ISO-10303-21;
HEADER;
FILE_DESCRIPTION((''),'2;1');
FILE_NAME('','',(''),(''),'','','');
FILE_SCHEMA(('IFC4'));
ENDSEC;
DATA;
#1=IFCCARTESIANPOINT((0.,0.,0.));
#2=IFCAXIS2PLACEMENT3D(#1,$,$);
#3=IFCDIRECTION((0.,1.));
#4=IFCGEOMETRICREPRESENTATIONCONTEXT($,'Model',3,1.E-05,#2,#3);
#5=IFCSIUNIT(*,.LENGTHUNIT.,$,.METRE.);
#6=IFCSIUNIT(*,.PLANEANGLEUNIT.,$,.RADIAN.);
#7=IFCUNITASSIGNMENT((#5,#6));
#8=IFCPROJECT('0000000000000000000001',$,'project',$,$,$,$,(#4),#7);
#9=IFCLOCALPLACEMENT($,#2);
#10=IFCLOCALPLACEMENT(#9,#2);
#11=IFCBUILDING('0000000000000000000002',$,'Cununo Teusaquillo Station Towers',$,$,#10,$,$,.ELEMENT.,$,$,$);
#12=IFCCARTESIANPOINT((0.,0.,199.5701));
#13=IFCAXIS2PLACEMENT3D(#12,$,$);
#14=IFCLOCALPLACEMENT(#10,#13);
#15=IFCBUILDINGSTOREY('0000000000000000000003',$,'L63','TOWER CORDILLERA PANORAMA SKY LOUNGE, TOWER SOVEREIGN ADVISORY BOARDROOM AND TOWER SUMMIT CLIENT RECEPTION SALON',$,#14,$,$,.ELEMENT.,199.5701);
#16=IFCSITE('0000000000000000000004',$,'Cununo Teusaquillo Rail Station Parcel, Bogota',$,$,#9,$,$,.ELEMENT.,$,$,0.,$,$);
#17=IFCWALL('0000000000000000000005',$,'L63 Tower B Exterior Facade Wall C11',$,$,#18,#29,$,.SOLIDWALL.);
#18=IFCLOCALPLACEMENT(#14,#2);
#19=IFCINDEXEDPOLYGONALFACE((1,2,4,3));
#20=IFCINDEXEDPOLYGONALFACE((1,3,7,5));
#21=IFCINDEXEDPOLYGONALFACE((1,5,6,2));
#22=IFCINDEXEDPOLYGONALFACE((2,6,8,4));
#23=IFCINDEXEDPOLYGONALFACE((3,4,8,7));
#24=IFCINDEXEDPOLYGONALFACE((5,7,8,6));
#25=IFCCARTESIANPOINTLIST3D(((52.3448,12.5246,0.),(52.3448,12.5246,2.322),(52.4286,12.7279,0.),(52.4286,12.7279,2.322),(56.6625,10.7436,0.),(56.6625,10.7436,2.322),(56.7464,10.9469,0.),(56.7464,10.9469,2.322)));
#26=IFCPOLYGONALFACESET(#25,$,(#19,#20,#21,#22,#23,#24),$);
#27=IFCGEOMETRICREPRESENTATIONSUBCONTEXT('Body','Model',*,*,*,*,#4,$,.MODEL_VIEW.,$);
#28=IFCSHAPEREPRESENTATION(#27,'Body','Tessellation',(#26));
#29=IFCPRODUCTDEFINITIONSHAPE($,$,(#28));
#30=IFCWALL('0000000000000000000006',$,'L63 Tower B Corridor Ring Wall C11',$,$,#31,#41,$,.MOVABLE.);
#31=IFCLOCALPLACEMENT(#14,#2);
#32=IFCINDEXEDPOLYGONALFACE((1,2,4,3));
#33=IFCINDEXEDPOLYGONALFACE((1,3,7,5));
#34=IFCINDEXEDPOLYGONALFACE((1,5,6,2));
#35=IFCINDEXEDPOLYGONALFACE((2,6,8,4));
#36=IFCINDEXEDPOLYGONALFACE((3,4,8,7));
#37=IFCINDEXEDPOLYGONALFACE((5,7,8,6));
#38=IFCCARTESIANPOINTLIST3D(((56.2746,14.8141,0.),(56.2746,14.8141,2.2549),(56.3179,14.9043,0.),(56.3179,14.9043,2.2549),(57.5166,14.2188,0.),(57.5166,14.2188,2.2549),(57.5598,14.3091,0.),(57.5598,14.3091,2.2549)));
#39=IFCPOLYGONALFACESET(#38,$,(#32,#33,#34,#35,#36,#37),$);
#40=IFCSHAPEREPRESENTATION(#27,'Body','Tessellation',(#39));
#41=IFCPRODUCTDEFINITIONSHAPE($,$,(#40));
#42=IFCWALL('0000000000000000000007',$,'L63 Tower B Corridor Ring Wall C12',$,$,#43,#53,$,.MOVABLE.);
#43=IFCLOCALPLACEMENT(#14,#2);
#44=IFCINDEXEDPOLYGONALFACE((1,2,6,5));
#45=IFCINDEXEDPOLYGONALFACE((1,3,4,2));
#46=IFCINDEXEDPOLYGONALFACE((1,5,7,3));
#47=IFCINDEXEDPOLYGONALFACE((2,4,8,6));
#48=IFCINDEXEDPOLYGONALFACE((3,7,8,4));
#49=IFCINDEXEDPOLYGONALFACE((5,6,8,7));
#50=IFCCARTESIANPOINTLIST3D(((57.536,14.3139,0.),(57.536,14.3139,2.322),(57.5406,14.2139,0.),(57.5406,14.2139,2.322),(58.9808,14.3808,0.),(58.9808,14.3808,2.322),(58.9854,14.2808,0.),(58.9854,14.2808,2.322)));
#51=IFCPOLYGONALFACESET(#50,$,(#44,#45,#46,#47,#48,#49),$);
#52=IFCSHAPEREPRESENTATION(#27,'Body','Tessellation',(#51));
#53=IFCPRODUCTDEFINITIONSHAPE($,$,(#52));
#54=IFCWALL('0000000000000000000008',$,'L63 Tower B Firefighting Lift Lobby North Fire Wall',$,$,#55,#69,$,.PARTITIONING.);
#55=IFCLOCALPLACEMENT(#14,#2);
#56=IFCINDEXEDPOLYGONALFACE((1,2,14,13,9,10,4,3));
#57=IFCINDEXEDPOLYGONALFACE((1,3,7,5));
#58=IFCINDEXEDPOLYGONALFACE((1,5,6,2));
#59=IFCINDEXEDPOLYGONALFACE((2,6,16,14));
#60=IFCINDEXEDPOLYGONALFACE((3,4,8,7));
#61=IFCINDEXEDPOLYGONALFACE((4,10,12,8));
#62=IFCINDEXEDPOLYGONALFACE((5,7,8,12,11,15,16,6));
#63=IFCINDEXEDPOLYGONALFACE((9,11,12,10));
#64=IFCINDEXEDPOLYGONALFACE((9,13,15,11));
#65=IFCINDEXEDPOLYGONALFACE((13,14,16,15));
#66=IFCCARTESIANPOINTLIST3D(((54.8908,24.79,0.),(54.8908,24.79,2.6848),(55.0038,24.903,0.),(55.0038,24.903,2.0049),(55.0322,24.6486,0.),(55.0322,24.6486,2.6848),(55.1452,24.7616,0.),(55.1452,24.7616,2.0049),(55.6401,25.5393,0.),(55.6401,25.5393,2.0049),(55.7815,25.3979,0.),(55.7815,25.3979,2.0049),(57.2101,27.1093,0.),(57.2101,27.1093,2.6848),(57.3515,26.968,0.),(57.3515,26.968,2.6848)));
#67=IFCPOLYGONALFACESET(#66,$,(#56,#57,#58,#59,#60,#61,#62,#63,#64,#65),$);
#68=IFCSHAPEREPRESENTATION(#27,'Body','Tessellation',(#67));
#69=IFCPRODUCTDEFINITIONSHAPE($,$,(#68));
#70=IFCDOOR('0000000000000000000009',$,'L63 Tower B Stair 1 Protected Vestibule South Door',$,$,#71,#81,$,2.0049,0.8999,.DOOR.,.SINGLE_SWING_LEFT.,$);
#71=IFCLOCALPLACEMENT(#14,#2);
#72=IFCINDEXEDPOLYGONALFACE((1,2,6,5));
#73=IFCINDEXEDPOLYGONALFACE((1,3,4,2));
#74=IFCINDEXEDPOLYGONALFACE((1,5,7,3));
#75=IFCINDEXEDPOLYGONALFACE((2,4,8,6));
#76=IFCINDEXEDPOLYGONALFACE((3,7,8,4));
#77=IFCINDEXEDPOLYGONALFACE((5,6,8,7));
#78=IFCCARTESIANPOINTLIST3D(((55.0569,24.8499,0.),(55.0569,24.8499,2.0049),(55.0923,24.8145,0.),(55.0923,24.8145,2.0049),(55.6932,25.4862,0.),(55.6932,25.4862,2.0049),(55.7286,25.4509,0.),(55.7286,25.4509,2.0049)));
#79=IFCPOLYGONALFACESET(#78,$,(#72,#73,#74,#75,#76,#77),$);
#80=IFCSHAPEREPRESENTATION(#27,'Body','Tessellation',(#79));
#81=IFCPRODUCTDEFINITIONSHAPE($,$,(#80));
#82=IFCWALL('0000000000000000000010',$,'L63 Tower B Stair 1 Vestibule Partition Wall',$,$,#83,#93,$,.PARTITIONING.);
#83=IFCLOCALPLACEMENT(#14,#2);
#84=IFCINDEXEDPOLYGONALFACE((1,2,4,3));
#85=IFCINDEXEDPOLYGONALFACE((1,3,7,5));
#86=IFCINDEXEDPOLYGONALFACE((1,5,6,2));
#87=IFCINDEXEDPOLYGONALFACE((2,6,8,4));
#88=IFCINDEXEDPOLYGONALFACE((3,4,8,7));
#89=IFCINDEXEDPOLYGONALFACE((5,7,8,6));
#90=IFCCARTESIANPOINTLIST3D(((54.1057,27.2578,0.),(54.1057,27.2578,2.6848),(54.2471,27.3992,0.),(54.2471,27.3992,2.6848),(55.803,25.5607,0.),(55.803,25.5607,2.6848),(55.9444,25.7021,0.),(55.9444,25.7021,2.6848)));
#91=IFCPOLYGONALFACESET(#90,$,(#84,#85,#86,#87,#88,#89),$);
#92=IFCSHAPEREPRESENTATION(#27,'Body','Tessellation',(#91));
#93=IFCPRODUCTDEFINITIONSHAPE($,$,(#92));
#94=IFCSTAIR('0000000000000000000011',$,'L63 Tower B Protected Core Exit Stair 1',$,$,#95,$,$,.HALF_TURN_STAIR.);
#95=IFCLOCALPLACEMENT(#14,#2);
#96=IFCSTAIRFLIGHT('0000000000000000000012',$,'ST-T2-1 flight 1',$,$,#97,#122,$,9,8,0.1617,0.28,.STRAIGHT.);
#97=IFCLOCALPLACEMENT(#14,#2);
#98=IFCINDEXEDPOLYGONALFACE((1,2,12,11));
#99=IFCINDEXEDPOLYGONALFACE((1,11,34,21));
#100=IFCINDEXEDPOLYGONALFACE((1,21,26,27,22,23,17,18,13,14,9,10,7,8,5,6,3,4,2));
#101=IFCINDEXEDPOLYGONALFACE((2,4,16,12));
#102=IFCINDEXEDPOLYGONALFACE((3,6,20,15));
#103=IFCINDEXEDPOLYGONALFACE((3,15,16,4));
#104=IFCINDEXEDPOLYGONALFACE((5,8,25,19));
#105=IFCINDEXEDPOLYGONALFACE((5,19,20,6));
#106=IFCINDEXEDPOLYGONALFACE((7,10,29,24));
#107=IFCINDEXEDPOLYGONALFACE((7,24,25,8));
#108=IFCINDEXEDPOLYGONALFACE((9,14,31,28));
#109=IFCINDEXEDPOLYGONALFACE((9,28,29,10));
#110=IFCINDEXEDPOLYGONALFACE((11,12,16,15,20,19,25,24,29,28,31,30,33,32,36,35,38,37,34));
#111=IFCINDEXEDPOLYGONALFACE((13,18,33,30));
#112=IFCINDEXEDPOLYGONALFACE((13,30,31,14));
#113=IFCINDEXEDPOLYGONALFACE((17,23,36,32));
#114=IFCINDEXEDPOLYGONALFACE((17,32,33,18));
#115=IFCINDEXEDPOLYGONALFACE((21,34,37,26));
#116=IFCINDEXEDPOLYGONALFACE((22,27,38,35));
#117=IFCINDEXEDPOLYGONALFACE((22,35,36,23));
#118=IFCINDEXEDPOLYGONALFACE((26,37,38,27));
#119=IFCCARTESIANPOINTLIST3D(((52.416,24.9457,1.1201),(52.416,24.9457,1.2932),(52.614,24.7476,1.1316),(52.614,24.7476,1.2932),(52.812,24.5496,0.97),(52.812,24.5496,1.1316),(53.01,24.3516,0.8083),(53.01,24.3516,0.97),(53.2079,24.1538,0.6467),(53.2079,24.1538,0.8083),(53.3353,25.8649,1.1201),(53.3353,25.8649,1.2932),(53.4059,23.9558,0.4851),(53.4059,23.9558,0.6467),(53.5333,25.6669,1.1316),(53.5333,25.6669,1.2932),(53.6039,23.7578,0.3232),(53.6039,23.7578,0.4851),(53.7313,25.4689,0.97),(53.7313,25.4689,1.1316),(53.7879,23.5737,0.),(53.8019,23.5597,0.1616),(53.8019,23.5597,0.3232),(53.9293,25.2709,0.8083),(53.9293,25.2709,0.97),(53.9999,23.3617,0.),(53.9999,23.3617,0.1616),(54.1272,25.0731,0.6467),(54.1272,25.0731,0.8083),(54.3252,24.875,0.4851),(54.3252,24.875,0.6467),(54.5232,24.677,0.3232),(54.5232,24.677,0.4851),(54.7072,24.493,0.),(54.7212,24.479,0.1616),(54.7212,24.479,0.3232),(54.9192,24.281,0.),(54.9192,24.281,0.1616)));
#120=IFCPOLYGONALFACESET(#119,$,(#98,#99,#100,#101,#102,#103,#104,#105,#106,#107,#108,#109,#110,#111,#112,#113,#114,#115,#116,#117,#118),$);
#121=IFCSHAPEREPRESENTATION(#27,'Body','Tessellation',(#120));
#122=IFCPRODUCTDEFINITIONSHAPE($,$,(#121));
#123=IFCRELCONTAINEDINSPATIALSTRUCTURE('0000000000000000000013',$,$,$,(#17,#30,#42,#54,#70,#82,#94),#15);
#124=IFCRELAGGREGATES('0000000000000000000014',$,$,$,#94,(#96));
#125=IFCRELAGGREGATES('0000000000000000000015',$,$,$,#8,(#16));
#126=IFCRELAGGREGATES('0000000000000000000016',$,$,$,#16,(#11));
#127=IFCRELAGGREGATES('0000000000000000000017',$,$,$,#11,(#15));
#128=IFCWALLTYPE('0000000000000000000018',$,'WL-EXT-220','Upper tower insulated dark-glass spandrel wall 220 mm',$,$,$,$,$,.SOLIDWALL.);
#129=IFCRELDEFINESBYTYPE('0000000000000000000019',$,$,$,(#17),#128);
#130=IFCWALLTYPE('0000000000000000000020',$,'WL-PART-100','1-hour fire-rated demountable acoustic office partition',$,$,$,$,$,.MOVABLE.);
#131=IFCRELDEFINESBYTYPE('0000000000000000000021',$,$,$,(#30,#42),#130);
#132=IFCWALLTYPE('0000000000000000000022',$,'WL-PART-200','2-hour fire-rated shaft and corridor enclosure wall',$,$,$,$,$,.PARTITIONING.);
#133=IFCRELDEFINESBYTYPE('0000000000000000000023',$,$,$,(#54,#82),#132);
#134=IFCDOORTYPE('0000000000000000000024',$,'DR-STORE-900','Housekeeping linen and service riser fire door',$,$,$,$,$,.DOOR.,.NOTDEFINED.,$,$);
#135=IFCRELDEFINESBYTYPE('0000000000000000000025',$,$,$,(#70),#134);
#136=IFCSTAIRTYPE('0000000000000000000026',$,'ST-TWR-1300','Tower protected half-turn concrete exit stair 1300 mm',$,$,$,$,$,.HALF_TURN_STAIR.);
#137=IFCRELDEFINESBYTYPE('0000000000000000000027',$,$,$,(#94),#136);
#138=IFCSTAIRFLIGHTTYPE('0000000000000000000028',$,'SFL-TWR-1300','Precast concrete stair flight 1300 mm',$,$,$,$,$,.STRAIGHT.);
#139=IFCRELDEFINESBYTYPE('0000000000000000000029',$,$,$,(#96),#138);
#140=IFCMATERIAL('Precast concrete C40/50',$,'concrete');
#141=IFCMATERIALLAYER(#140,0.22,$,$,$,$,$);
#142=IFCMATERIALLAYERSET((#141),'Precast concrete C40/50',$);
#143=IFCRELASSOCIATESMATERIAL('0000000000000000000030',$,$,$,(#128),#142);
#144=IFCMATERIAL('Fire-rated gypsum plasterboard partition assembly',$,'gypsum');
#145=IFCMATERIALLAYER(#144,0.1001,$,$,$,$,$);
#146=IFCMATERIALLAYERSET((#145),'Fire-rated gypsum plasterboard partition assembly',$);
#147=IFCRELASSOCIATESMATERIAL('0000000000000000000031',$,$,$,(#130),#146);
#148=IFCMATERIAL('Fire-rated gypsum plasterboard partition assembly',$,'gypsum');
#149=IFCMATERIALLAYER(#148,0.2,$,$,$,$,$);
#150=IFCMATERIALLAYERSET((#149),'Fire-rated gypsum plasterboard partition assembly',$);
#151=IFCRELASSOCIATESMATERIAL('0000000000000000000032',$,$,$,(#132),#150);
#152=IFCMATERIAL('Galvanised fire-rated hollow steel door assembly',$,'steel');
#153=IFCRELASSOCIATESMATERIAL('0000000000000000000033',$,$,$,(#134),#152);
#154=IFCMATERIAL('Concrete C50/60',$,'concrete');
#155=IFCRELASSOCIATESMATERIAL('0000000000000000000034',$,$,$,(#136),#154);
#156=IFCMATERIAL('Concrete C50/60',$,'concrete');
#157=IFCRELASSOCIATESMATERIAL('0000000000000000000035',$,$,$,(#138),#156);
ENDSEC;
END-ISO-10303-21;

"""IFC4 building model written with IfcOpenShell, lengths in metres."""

from ifc_helpers import new_model, si_unit, direction, frame, frame_2d, origin, place, context, subcontext, project, spatial, polyline, rectangle, outline, extrude, source, transform, mapped, material, layer, layer_set, type_object, element, fill, aggregate, save


model = new_model("IFC4")

# Units and contexts
model_context = context("Model", 3, precision=1e-05, world=origin(), true_north=direction((0.0, 1.0)))
body_context = subcontext(model_context, "Body", "Model", "MODEL_VIEW")
ifc_project = project(units=[si_unit("LENGTHUNIT", "METRE"), si_unit("PLANEANGLEUNIT", "RADIAN")], contexts=[model_context])

# Site, building, storey
site_placement = place(None, origin())
site = spatial("IfcSite", under=ifc_project, at=site_placement, Name="Cununo Teusaquillo Rail Station Parcel, Bogota", CompositionType="ELEMENT", RefElevation=0.0)
building_placement = place(site_placement, origin())
building = spatial("IfcBuilding", under=site, at=building_placement, Name="Cununo Teusaquillo Station Towers", CompositionType="ELEMENT")
storey_placement = place(building_placement, frame((0.0, 0.0, 199.5701)))
storey = spatial("IfcBuildingStorey", under=building, at=storey_placement, Name="L63", Description="TOWER CORDILLERA PANORAMA SKY LOUNGE, TOWER SOVEREIGN ADVISORY BOARDROOM AND TOWER SUMMIT CLIENT RECEPTION SALON", CompositionType="ELEMENT", Elevation=199.5701)

# Shared definitions
ifc_material_1 = material(Name="Precast concrete C40/50", Category="concrete")
ifc_layer_1 = layer(ifc_material_1, 0.22)
ifc_layer_set_1 = layer_set([ifc_layer_1], Name="Precast concrete C40/50")
wall_type_1 = type_object("IfcWallType", Name="WL-EXT-220", Description="Upper tower insulated dark-glass spandrel wall 220 mm", PredefinedType="SOLIDWALL", material=ifc_layer_set_1)

# Walls
wall_1_placement = place(storey_placement, frame((56.7046, 10.8452, 0.0), z_axis=(0.0, 0.0, 1.0), x_axis=(-0.924447, 0.38131, 0.0)))
element("IfcWall", 1, at=wall_1_placement, inside=storey, type_object=wall_type_1, Name="L63 Tower B Exterior Facade Wall C11", PredefinedType="SOLIDWALL", context=body_context, shape_type="SweptSolid", body=[
    extrude(rectangle(XDim=4.6707, YDim=0.22, at=frame_2d((2.3354, 0.0))), origin(), (0.0, 0.0, 1.0), 2.322),
])
ifc_material_2 = material(Name="Fire-rated gypsum plasterboard partition assembly", Category="gypsum")
ifc_layer_2 = layer(ifc_material_2, 0.1001)
ifc_layer_set_2 = layer_set([ifc_layer_2], Name="Fire-rated gypsum plasterboard partition assembly")
wall_type_2 = type_object("IfcWallType", Name="WL-PART-100", Description="1-hour fire-rated demountable acoustic office partition", PredefinedType="MOVABLE", material=ifc_layer_set_2)
wall_2_placement = place(storey_placement, frame((56.2964, 14.8591, 0.0), z_axis=(0.0, 0.0, 1.0), x_axis=(0.901783, -0.432189, 0.0)))
element("IfcWall", 2, at=wall_2_placement, inside=storey, type_object=wall_type_2, Name="L63 Tower B Corridor Ring Wall C11", PredefinedType="MOVABLE", context=body_context, shape_type="SweptSolid", body=[
    extrude(rectangle(XDim=1.3772, YDim=0.1001, at=frame_2d((0.6885, 0.0))), origin(), (0.0, 0.0, 1.0), 2.2549),
])
wall_3_placement = place(storey_placement, frame((57.5383, 14.2639, 0.0), z_axis=(0.0, 0.0, 1.0), x_axis=(0.99893, 0.04625, 0.0)))
element("IfcWall", 3, at=wall_3_placement, inside=storey, type_object=wall_type_2, Name="L63 Tower B Corridor Ring Wall C12", PredefinedType="MOVABLE", context=body_context, shape_type="SweptSolid", body=[
    extrude(rectangle(XDim=1.4463, YDim=0.1001, at=frame_2d((0.7231, 0.0))), origin(), (0.0, 0.0, 1.0), 2.322),
])

# Wall, opening, door
ifc_material_3 = material(Name="Fire-rated gypsum plasterboard partition assembly", Category="gypsum")
ifc_layer_3 = layer(ifc_material_3, 0.2)
ifc_layer_set_3 = layer_set([ifc_layer_3], Name="Fire-rated gypsum plasterboard partition assembly")
wall_type_3 = type_object("IfcWallType", Name="WL-PART-200", Description="2-hour fire-rated shaft and corridor enclosure wall", PredefinedType="PARTITIONING", material=ifc_layer_set_3)
wall_4_placement = place(storey_placement, frame((54.9614, 24.7192, 0.0), z_axis=(0.0, 0.0, 1.0), x_axis=(0.707107, 0.707107, 0.0)))
wall_4 = element("IfcWall", 4, at=wall_4_placement, inside=storey, type_object=wall_type_3, Name="L63 Tower B Firefighting Lift Lobby North Fire Wall", PredefinedType="PARTITIONING", context=body_context, shape_type="SweptSolid", body=[
    extrude(rectangle(XDim=3.28, YDim=0.2, at=frame_2d((1.6401, 0.0))), origin(), (0.0, 0.0, 1.0), 2.6848),
])
shared_shape_1 = source(origin(), body_context, "Body", "SweptSolid", [
    extrude(rectangle(XDim=0.8999, YDim=2.0049, at=frame_2d((0.45, 1.0024))), frame((0.0, 0.1099, 0.0), z_axis=(0.0, -1.0, 0.0), x_axis=(1.0, 0.0, 0.0)), (0.0, 0.0, 1.0), 0.22),
])
opening_1_placement = place(wall_4_placement, frame((0.1599, 0.0, 0.0)))
opening_1 = element("IfcOpeningElement", 5, at=opening_1_placement, cuts=wall_4, PredefinedType="OPENING", context=body_context, shape_type="MappedRepresentation", body=[
    mapped(shared_shape_1, transform((0.0, 0.0, 0.0), x_axis=(1.0, 0.0, 0.0), y_axis=(0.0, 1.0, 0.0), z_axis=(0.0, 0.0, 1.0), scale=1.0)),
])
ifc_material_4 = material(Name="Galvanised fire-rated hollow steel door assembly", Category="steel")
door_type = type_object("IfcDoorType", Name="DR-STORE-900", Description="Housekeeping linen and service riser fire door", OperationType="NOTDEFINED", PredefinedType="DOOR", material=ifc_material_4)
shared_shape_2 = source(origin(), body_context, "Body", "SweptSolid", [
    extrude(rectangle(XDim=0.8999, YDim=2.0049, at=frame_2d((0.45, 1.0024))), frame((0.0, 0.0249, 0.0), z_axis=(0.0, -1.0, 0.0), x_axis=(1.0, 0.0, 0.0)), (0.0, 0.0, 1.0), 0.05),
])
door_placement = place(opening_1_placement, origin())
door = element("IfcDoor", 6, at=door_placement, inside=storey, type_object=door_type, Name="L63 Tower B Stair 1 Protected Vestibule South Door", OperationType="SINGLE_SWING_LEFT", OverallHeight=2.0049, OverallWidth=0.8999, PredefinedType="DOOR", context=body_context, shape_type="MappedRepresentation", body=[
    mapped(shared_shape_2, transform((0.0, 0.0, 0.0), x_axis=(1.0, 0.0, 0.0), y_axis=(0.0, 1.0, 0.0), z_axis=(0.0, 0.0, 1.0), scale=1.0)),
])
fill(opening_1, door)

# Wall
wall_5_placement = place(storey_placement, frame((55.8738, 25.6313, 0.0), z_axis=(0.0, 0.0, 1.0), x_axis=(-0.707158, 0.707056, 0.0)))
element("IfcWall", 7, at=wall_5_placement, inside=storey, type_object=wall_type_3, Name="L63 Tower B Stair 1 Vestibule Partition Wall", PredefinedType="PARTITIONING", context=body_context, shape_type="SweptSolid", body=[
    extrude(rectangle(XDim=2.4001, YDim=0.2, at=frame_2d((1.2002, 0.0))), origin(), (0.0, 0.0, 1.0), 2.6848),
])

# Stair, stair flight
ifc_material_5 = material(Name="Concrete C50/60", Category="concrete")
stair_type = type_object("IfcStairType", Name="ST-TWR-1300", Description="Tower protected half-turn concrete exit stair 1300 mm", PredefinedType="HALF_TURN_STAIR", material=ifc_material_5)
stair_placement = place(storey_placement, origin())
stair = element("IfcStair", 8, at=stair_placement, inside=storey, type_object=stair_type, Name="L63 Tower B Protected Core Exit Stair 1", PredefinedType="HALF_TURN_STAIR")
ifc_material_6 = material(Name="Concrete C50/60", Category="concrete")
stair_flight_type = type_object("IfcStairFlightType", Name="SFL-TWR-1300", Description="Precast concrete stair flight 1300 mm", PredefinedType="STRAIGHT", material=ifc_material_6)
stair_flight_placement = place(storey_placement, frame((54.4595, 23.8213, 0.0), z_axis=(0.0, 0.0, 1.0), x_axis=(-0.707107, 0.707107, 0.0)))
stair_flight = element("IfcStairFlight", 9, at=stair_flight_placement, type_object=stair_flight_type, Name="ST-T2-1 flight 1", NumberOfRisers=9, NumberOfTreads=8, PredefinedType="STRAIGHT", RiserHeight=0.1617, TreadLength=0.28, context=body_context, shape_type="SweptSolid", body=[
    extrude(outline(polyline([(0.0, 0.0), (0.0, 0.1616), (0.28, 0.1616), (0.28, 0.3232), (0.5601, 0.3232), (0.5601, 0.4851), (0.8401, 0.4851), (0.8401, 0.6467), (1.1201, 0.6467), (1.1201, 0.8083), (1.3999, 0.8083), (1.3999, 0.97), (1.6799, 0.97), (1.6799, 1.1316), (1.96, 1.1316), (1.96, 1.2932), (2.24, 1.2932), (2.24, 1.4551), (2.24, 1.1201), (0.2998, 0.0), (0.0, 0.0)])), frame((0.0, 0.6499, 0.0), z_axis=(0.0, -1.0, 0.0), x_axis=(1.0, 0.0, 0.0)), (0.0, 0.0, 1.0), 1.3),
])
aggregate(stair, [stair_flight])

save(model, "model.ifc")
